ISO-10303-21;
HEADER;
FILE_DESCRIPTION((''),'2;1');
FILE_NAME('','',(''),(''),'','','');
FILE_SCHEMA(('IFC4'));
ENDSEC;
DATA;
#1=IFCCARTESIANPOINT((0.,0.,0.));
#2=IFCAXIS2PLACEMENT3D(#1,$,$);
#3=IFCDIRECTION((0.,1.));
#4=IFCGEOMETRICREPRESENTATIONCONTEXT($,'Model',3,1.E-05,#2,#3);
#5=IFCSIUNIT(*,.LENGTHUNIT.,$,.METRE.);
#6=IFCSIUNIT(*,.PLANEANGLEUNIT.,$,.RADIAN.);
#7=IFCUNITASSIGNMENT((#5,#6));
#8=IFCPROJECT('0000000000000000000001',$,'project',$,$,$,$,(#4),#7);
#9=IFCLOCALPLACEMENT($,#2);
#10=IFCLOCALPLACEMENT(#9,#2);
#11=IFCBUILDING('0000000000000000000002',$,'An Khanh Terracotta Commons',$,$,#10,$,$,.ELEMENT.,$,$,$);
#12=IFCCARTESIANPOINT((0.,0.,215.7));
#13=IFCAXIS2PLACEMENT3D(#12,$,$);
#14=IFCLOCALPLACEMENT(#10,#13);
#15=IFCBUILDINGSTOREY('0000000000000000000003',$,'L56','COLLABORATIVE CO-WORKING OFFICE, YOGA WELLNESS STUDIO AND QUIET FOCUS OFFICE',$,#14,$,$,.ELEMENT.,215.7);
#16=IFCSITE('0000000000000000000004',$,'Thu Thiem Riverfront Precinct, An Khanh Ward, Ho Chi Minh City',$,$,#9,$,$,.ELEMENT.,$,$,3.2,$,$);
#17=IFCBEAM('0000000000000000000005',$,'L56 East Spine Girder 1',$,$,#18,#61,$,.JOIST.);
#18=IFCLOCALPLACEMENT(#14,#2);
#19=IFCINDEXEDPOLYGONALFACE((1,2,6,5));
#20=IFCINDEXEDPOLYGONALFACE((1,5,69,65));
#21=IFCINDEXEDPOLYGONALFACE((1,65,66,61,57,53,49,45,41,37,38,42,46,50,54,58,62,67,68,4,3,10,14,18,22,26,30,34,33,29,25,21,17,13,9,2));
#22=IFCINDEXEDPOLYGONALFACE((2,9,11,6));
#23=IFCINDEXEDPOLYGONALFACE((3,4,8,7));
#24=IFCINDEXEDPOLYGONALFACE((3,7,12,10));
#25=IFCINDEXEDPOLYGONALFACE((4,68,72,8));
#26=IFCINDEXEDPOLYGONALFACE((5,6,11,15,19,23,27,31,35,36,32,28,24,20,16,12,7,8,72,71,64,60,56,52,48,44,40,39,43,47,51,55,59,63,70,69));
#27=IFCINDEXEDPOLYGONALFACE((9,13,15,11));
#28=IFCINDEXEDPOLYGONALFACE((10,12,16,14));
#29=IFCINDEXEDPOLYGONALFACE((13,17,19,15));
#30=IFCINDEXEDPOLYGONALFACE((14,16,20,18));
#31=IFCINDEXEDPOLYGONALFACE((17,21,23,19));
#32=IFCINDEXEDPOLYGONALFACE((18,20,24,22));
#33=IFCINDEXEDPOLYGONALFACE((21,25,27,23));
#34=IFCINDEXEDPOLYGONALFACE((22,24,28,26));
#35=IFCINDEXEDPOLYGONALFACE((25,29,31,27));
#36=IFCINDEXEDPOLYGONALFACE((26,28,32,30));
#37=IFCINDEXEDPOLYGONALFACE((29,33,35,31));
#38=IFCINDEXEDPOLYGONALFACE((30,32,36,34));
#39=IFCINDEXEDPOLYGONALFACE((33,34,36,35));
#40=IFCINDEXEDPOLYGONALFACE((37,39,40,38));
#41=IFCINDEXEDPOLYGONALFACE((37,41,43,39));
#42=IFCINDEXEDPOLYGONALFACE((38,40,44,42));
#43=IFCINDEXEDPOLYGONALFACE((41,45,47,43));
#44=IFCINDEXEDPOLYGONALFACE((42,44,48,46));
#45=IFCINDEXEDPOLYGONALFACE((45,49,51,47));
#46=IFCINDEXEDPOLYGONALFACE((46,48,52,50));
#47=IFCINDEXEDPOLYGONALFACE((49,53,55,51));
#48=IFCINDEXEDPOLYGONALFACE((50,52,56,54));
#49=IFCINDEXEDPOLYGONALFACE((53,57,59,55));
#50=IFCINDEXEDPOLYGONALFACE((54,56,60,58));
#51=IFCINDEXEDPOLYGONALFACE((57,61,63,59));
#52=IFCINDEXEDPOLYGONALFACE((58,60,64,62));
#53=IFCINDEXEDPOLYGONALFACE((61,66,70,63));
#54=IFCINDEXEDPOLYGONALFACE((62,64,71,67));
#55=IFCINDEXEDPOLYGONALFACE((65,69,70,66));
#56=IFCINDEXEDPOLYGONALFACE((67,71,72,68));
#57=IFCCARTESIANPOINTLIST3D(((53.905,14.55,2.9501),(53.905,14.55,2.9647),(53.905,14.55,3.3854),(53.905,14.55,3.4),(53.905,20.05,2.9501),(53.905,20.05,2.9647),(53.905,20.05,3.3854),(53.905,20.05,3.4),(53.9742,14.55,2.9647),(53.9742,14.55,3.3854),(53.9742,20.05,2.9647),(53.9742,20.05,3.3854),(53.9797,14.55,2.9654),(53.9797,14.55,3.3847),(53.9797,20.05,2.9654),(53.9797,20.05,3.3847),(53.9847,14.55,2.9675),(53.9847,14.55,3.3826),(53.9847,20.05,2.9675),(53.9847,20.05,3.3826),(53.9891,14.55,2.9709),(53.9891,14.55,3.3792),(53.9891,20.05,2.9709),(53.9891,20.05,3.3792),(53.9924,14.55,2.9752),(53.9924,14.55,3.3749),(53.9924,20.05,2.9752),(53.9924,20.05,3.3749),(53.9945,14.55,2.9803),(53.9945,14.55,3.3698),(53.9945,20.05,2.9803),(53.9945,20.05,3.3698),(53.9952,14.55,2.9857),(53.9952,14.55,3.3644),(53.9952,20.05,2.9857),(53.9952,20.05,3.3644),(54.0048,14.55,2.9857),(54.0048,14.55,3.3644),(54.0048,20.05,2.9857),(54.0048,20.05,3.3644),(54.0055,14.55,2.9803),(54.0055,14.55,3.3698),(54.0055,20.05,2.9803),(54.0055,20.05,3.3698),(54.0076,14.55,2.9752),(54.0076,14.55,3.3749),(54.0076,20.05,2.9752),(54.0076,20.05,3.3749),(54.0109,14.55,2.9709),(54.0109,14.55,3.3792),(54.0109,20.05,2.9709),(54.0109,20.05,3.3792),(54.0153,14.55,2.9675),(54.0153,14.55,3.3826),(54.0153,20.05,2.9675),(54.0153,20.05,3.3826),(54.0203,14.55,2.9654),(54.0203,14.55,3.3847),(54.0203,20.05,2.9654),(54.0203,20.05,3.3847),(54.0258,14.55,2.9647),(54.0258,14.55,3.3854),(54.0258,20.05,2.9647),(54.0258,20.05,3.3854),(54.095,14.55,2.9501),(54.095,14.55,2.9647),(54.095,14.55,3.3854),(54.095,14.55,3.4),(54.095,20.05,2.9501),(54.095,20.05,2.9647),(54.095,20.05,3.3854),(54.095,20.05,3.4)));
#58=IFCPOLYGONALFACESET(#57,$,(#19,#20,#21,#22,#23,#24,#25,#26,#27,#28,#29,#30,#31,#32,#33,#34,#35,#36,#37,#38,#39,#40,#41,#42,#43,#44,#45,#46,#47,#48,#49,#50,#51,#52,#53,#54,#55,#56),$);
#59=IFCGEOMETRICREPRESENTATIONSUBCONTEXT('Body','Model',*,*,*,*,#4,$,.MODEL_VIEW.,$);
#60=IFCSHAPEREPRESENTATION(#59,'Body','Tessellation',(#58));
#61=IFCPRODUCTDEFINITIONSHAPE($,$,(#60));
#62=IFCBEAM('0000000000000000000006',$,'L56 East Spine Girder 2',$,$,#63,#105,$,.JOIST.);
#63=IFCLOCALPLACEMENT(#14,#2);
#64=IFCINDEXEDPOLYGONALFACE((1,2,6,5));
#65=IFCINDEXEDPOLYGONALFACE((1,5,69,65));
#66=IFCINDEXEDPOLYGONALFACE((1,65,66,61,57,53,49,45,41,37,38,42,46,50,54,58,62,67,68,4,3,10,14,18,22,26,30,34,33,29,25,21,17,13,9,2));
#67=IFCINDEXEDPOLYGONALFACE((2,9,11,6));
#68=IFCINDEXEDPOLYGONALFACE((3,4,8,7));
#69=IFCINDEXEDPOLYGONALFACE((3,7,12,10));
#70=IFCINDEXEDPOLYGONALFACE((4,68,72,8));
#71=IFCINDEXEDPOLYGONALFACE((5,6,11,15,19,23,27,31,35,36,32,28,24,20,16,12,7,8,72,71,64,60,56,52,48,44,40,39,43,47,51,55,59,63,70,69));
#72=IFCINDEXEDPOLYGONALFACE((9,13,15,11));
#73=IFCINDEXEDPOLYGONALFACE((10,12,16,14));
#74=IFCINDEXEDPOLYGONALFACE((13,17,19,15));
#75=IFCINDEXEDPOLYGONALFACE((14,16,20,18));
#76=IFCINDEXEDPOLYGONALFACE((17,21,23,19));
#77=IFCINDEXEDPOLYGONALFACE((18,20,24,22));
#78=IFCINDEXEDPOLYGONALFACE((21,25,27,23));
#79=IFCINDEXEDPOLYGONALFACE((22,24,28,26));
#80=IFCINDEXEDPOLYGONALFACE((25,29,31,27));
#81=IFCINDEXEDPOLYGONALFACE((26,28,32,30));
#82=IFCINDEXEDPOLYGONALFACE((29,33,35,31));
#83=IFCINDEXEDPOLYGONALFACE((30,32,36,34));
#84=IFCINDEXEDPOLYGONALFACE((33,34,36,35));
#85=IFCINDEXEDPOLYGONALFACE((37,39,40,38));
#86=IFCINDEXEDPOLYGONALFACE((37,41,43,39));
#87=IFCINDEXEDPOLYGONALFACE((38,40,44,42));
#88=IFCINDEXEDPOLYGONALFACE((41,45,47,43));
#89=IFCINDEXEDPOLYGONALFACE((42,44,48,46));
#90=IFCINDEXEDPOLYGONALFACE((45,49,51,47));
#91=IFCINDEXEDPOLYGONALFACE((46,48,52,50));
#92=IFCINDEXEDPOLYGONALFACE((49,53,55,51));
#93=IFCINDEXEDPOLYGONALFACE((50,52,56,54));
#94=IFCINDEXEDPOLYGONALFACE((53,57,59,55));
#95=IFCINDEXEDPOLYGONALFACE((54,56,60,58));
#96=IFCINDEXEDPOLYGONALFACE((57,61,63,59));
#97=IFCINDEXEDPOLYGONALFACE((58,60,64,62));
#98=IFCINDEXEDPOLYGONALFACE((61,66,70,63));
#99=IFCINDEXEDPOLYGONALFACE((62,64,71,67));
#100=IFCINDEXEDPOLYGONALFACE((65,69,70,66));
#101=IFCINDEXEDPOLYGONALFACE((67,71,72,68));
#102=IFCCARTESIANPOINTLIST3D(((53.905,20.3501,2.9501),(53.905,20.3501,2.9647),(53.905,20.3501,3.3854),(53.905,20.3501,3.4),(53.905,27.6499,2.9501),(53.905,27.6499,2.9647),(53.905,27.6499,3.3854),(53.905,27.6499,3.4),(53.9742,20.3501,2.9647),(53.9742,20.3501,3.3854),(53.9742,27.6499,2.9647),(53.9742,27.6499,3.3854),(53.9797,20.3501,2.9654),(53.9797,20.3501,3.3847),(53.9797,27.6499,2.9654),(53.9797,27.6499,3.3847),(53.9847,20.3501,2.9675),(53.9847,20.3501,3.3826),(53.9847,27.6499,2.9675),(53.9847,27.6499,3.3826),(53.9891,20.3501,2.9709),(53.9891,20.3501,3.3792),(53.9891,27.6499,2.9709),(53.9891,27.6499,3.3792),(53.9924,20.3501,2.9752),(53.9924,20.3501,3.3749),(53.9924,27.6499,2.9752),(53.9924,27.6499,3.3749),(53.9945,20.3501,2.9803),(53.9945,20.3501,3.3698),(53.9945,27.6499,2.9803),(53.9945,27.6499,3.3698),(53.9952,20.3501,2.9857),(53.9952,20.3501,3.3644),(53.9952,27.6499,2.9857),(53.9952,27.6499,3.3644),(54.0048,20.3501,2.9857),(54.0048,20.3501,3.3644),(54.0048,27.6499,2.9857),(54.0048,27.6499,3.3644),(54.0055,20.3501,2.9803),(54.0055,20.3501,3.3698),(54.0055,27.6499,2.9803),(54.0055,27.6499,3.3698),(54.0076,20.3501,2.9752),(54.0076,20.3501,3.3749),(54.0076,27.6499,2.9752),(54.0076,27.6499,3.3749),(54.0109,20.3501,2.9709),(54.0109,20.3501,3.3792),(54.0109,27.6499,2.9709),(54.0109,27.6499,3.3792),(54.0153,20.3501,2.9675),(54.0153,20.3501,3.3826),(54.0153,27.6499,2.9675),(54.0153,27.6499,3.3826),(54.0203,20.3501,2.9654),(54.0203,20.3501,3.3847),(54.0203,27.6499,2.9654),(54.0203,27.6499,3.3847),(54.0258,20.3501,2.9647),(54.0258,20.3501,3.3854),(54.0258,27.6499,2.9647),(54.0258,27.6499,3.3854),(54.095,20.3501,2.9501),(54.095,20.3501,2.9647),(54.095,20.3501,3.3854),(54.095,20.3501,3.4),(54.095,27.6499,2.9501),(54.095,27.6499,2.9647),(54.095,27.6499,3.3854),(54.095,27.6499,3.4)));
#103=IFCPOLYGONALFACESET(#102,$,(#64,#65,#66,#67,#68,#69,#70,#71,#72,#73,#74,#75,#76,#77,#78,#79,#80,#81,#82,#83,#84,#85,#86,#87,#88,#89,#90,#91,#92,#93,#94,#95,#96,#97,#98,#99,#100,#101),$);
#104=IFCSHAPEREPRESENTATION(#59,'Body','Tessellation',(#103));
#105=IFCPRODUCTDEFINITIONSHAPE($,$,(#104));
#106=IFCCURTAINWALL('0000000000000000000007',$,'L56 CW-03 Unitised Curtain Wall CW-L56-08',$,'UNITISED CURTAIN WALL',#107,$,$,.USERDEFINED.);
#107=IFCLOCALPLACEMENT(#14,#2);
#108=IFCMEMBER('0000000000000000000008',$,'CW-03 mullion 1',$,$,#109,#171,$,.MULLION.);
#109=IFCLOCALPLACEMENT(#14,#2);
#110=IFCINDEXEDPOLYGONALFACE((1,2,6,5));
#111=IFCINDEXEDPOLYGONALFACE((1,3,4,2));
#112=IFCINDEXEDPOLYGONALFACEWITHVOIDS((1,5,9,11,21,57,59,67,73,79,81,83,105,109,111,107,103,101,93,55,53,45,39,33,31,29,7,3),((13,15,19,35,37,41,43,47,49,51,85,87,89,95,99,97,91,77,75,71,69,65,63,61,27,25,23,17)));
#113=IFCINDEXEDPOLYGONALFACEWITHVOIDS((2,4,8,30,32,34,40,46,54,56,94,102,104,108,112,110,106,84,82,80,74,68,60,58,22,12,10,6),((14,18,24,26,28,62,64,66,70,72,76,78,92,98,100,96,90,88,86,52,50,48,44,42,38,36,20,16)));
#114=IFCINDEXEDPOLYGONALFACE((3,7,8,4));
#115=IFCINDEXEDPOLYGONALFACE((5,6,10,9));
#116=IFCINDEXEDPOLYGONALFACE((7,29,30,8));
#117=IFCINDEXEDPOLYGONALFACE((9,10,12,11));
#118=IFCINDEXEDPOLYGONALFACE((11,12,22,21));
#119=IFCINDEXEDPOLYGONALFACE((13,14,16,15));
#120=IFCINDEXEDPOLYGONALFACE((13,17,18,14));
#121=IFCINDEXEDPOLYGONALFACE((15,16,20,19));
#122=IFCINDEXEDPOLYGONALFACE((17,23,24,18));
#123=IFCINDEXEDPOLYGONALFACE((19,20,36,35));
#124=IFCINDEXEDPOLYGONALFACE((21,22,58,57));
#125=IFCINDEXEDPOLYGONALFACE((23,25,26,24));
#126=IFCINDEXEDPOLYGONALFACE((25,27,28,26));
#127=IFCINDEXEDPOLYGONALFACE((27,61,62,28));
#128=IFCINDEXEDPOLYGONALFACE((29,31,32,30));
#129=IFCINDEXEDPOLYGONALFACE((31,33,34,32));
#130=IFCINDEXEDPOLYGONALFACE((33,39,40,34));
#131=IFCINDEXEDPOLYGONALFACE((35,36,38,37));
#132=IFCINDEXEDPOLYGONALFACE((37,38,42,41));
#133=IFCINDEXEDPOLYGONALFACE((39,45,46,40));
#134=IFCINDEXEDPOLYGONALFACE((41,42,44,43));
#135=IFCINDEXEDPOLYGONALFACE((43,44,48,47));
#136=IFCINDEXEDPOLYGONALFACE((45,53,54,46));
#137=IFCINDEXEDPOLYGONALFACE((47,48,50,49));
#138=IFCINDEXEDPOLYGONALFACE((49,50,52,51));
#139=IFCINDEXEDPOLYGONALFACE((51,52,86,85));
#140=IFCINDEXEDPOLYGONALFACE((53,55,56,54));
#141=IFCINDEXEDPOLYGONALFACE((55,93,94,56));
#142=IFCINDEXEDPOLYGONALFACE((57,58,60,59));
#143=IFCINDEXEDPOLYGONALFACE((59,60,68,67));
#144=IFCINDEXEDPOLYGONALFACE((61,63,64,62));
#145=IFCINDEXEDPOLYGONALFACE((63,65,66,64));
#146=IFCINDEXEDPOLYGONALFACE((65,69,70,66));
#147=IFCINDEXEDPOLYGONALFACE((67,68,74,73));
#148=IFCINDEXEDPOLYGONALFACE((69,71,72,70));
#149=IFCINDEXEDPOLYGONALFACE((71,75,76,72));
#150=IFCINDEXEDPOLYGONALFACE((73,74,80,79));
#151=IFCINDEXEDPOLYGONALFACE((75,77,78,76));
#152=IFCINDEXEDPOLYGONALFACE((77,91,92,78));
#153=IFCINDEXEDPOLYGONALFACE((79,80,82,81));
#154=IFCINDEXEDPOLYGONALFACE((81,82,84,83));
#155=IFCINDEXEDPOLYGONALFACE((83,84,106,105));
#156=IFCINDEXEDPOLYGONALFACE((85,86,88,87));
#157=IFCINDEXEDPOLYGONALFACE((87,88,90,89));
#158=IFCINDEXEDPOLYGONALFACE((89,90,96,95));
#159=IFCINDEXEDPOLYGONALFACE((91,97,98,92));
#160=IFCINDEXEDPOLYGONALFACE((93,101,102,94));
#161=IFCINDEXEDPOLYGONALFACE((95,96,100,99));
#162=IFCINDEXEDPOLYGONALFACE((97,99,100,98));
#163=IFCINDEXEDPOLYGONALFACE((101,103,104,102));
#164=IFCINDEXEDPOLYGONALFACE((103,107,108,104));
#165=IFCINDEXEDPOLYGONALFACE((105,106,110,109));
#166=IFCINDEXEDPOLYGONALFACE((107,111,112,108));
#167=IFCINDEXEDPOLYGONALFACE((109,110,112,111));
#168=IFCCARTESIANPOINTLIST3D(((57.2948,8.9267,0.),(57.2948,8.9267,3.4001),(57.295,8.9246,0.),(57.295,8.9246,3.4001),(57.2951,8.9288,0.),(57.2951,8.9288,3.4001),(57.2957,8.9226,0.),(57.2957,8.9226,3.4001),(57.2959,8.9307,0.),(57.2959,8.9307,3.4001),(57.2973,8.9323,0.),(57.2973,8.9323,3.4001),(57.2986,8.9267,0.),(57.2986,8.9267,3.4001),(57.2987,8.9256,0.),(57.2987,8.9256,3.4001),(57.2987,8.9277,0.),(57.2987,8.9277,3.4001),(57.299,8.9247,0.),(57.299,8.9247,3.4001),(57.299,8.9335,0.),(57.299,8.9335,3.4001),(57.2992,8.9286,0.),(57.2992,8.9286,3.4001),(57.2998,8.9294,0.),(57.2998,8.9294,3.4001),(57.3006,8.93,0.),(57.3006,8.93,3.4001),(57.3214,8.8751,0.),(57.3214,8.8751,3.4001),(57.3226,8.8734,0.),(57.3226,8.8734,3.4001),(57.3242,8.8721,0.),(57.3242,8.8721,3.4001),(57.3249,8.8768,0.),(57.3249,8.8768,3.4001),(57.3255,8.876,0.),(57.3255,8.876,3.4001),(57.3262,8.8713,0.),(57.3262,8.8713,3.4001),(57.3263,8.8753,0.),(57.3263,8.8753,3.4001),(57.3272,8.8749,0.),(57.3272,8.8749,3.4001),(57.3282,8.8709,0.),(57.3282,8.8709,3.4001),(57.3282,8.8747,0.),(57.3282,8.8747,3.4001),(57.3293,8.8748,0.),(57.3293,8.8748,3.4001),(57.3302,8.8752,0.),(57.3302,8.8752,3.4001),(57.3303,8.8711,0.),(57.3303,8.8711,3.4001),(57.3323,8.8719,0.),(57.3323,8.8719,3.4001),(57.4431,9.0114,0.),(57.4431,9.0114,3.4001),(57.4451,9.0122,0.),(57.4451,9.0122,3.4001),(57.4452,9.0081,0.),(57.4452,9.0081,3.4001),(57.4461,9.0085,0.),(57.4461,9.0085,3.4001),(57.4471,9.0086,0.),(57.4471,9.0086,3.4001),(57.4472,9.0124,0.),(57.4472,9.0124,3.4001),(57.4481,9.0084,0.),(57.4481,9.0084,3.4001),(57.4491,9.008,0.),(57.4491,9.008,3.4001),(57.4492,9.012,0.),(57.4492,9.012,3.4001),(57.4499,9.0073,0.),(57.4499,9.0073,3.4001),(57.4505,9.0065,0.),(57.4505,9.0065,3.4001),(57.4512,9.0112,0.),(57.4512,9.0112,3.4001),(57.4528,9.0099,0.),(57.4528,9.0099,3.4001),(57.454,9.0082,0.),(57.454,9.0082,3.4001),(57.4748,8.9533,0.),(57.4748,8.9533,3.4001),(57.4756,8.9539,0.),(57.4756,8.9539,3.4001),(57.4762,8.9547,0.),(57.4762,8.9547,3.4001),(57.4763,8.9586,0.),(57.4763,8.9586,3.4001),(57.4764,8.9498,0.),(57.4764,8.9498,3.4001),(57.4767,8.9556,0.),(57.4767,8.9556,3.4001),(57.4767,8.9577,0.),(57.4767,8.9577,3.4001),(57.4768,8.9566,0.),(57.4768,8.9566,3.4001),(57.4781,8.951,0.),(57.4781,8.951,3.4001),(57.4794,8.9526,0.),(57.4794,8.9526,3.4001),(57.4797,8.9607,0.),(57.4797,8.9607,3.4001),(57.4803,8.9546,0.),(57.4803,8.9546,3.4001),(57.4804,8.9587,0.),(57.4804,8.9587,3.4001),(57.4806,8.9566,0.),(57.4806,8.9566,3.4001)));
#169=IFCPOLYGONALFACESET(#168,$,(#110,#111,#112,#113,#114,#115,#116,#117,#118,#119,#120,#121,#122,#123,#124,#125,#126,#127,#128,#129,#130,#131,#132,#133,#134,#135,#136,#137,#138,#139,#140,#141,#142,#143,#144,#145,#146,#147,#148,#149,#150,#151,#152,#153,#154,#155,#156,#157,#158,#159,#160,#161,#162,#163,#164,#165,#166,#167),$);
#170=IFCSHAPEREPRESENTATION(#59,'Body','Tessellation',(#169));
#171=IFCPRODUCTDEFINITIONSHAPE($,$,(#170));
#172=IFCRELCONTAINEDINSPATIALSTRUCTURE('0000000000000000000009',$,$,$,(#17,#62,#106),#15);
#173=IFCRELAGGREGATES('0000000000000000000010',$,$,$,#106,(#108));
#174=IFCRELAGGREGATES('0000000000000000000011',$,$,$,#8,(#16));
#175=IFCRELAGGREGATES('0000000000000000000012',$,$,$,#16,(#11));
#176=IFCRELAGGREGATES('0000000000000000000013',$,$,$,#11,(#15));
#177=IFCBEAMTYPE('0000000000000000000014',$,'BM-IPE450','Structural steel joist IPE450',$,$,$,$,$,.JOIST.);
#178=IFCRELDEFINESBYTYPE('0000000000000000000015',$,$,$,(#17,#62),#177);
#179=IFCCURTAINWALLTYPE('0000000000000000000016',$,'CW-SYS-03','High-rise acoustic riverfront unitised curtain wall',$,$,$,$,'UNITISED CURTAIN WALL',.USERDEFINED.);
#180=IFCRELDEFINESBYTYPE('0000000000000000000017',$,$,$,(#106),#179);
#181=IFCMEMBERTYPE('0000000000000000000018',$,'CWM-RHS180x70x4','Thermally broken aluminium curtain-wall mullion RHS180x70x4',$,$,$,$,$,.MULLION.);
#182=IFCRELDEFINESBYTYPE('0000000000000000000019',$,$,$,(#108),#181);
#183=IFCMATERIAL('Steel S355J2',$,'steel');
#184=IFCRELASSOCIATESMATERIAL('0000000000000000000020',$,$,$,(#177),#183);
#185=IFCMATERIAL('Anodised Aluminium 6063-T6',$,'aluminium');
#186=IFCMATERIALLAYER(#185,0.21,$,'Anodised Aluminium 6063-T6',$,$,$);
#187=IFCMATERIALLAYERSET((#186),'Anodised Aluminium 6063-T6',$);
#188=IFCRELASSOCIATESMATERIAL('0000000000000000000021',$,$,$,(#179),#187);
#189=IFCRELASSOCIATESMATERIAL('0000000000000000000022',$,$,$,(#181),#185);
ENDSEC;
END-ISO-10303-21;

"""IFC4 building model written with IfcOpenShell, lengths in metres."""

from ifc_helpers import new_model, si_unit, direction, frame, origin, origin_2d, place, context, subcontext, project, spatial, hollow_rectangle, i_section, extrude, material, layer, layer_set, material_profile, profile_set, type_object, element, aggregate, save


model = new_model("IFC4")

# Units and contexts
model_context = context("Model", 3, precision=1e-05, world=origin(), true_north=direction((0.0, 1.0)))
body_context = subcontext(model_context, "Body", "Model", "MODEL_VIEW")
ifc_project = project(units=[si_unit("LENGTHUNIT", "METRE"), si_unit("PLANEANGLEUNIT", "RADIAN")], contexts=[model_context])

# Site, building, storey
site_placement = place(None, origin())
site = spatial("IfcSite", under=ifc_project, at=site_placement, Name="Thu Thiem Riverfront Precinct, An Khanh Ward, Ho Chi Minh City", CompositionType="ELEMENT", RefElevation=3.2)
building_placement = place(site_placement, origin())
building = spatial("IfcBuilding", under=site, at=building_placement, Name="An Khanh Terracotta Commons", CompositionType="ELEMENT")
storey_placement = place(building_placement, frame((0.0, 0.0, 215.7)))
storey = spatial("IfcBuildingStorey", under=building, at=storey_placement, Name="L56", Description="COLLABORATIVE CO-WORKING OFFICE, YOGA WELLNESS STUDIO AND QUIET FOCUS OFFICE", CompositionType="ELEMENT", Elevation=215.7)

# Beams
ifc_material_1 = material(Name="Steel S355J2", Category="steel")
ifc_material_profile_1 = material_profile(ifc_material_1, i_section(OverallWidth=0.1899, OverallDepth=0.45, WebThickness=0.0095, FlangeThickness=0.0146, FilletRadius=0.021, at=origin_2d()), Name="IPE450")
ifc_profile_set_1 = profile_set([ifc_material_profile_1], Name="Steel S355J2")
beam_type_1 = type_object("IfcBeamType", Name="BM-IPE450", Description="Structural steel joist IPE450", PredefinedType="JOIST", material=ifc_profile_set_1)
beam_1_placement = place(storey_placement, frame((54.0, 14.55, 3.175), z_axis=(0.0, 1.0, 0.0), x_axis=(-1.0, 0.0, 0.0)))
element("IfcBeam", 1, at=beam_1_placement, inside=storey, type_object=beam_type_1, Name="L56 East Spine Girder 1", PredefinedType="JOIST", context=body_context, shape_type="SweptSolid", body=[
    extrude(i_section(OverallWidth=0.1899, OverallDepth=0.45, WebThickness=0.0095, FlangeThickness=0.0146, FilletRadius=0.021, at=origin_2d()), origin(), (0.0, 0.0, 1.0), 5.5),
])
beam_2_placement = place(storey_placement, frame((54.0, 20.3501, 3.175), z_axis=(0.0, 1.0, 0.0), x_axis=(-1.0, 0.0, 0.0)))
element("IfcBeam", 2, at=beam_2_placement, inside=storey, type_object=beam_type_1, Name="L56 East Spine Girder 2", PredefinedType="JOIST", context=body_context, shape_type="SweptSolid", body=[
    extrude(i_section(OverallWidth=0.1899, OverallDepth=0.45, WebThickness=0.0095, FlangeThickness=0.0146, FilletRadius=0.021, at=origin_2d()), origin(), (0.0, 0.0, 1.0), 7.2998),
])

# Curtain wall, member
ifc_material_2 = material(Name="Anodised Aluminium 6063-T6", Category="aluminium")
ifc_layer_1 = layer(ifc_material_2, 0.21, Name="Anodised Aluminium 6063-T6")
ifc_layer_set_1 = layer_set([ifc_layer_1], Name="Anodised Aluminium 6063-T6")
curtain_wall_type = type_object("IfcCurtainWallType", Name="CW-SYS-03", Description="High-rise acoustic riverfront unitised curtain wall", ElementType="UNITISED CURTAIN WALL", PredefinedType="USERDEFINED", material=ifc_layer_set_1)
curtain_wall_placement = place(storey_placement, origin())
curtain_wall = element("IfcCurtainWall", 3, at=curtain_wall_placement, inside=storey, type_object=curtain_wall_type, Name="L56 CW-03 Unitised Curtain Wall CW-L56-08", ObjectType="UNITISED CURTAIN WALL", PredefinedType="USERDEFINED")
ifc_material_profile_2 = material_profile(ifc_material_2, hollow_rectangle(XDim=0.0701, YDim=0.1799, WallThickness=0.0039, InnerFilletRadius=0.0039, OuterFilletRadius=0.0081, at=origin_2d()), Name="RHS180x70x4")
ifc_profile_set_2 = profile_set([ifc_material_profile_2], Name="Anodised Aluminium 6063-T6")
member_type_1 = type_object("IfcMemberType", Name="CWM-RHS180x70x4", Description="Thermally broken aluminium curtain-wall mullion RHS180x70x4", PredefinedType="MULLION", material=ifc_profile_set_2)
member_1_placement = place(storey_placement, frame((57.3877, 8.9417, 0.0), z_axis=(0.0, 0.0, 1.0), x_axis=(-0.475381, 0.87978, 0.0)))
member_1 = element("IfcMember", 4, at=member_1_placement, type_object=member_type_1, Name="CW-03 mullion 1", PredefinedType="MULLION", context=body_context, shape_type="SweptSolid", body=[
    extrude(hollow_rectangle(XDim=0.0701, YDim=0.1799, WallThickness=0.0039, InnerFilletRadius=0.0039, OuterFilletRadius=0.0081, at=origin_2d()), origin(), (0.0, 0.0, 1.0), 3.4001),
])
aggregate(curtain_wall, [member_1])

save(model, "model.ifc")
